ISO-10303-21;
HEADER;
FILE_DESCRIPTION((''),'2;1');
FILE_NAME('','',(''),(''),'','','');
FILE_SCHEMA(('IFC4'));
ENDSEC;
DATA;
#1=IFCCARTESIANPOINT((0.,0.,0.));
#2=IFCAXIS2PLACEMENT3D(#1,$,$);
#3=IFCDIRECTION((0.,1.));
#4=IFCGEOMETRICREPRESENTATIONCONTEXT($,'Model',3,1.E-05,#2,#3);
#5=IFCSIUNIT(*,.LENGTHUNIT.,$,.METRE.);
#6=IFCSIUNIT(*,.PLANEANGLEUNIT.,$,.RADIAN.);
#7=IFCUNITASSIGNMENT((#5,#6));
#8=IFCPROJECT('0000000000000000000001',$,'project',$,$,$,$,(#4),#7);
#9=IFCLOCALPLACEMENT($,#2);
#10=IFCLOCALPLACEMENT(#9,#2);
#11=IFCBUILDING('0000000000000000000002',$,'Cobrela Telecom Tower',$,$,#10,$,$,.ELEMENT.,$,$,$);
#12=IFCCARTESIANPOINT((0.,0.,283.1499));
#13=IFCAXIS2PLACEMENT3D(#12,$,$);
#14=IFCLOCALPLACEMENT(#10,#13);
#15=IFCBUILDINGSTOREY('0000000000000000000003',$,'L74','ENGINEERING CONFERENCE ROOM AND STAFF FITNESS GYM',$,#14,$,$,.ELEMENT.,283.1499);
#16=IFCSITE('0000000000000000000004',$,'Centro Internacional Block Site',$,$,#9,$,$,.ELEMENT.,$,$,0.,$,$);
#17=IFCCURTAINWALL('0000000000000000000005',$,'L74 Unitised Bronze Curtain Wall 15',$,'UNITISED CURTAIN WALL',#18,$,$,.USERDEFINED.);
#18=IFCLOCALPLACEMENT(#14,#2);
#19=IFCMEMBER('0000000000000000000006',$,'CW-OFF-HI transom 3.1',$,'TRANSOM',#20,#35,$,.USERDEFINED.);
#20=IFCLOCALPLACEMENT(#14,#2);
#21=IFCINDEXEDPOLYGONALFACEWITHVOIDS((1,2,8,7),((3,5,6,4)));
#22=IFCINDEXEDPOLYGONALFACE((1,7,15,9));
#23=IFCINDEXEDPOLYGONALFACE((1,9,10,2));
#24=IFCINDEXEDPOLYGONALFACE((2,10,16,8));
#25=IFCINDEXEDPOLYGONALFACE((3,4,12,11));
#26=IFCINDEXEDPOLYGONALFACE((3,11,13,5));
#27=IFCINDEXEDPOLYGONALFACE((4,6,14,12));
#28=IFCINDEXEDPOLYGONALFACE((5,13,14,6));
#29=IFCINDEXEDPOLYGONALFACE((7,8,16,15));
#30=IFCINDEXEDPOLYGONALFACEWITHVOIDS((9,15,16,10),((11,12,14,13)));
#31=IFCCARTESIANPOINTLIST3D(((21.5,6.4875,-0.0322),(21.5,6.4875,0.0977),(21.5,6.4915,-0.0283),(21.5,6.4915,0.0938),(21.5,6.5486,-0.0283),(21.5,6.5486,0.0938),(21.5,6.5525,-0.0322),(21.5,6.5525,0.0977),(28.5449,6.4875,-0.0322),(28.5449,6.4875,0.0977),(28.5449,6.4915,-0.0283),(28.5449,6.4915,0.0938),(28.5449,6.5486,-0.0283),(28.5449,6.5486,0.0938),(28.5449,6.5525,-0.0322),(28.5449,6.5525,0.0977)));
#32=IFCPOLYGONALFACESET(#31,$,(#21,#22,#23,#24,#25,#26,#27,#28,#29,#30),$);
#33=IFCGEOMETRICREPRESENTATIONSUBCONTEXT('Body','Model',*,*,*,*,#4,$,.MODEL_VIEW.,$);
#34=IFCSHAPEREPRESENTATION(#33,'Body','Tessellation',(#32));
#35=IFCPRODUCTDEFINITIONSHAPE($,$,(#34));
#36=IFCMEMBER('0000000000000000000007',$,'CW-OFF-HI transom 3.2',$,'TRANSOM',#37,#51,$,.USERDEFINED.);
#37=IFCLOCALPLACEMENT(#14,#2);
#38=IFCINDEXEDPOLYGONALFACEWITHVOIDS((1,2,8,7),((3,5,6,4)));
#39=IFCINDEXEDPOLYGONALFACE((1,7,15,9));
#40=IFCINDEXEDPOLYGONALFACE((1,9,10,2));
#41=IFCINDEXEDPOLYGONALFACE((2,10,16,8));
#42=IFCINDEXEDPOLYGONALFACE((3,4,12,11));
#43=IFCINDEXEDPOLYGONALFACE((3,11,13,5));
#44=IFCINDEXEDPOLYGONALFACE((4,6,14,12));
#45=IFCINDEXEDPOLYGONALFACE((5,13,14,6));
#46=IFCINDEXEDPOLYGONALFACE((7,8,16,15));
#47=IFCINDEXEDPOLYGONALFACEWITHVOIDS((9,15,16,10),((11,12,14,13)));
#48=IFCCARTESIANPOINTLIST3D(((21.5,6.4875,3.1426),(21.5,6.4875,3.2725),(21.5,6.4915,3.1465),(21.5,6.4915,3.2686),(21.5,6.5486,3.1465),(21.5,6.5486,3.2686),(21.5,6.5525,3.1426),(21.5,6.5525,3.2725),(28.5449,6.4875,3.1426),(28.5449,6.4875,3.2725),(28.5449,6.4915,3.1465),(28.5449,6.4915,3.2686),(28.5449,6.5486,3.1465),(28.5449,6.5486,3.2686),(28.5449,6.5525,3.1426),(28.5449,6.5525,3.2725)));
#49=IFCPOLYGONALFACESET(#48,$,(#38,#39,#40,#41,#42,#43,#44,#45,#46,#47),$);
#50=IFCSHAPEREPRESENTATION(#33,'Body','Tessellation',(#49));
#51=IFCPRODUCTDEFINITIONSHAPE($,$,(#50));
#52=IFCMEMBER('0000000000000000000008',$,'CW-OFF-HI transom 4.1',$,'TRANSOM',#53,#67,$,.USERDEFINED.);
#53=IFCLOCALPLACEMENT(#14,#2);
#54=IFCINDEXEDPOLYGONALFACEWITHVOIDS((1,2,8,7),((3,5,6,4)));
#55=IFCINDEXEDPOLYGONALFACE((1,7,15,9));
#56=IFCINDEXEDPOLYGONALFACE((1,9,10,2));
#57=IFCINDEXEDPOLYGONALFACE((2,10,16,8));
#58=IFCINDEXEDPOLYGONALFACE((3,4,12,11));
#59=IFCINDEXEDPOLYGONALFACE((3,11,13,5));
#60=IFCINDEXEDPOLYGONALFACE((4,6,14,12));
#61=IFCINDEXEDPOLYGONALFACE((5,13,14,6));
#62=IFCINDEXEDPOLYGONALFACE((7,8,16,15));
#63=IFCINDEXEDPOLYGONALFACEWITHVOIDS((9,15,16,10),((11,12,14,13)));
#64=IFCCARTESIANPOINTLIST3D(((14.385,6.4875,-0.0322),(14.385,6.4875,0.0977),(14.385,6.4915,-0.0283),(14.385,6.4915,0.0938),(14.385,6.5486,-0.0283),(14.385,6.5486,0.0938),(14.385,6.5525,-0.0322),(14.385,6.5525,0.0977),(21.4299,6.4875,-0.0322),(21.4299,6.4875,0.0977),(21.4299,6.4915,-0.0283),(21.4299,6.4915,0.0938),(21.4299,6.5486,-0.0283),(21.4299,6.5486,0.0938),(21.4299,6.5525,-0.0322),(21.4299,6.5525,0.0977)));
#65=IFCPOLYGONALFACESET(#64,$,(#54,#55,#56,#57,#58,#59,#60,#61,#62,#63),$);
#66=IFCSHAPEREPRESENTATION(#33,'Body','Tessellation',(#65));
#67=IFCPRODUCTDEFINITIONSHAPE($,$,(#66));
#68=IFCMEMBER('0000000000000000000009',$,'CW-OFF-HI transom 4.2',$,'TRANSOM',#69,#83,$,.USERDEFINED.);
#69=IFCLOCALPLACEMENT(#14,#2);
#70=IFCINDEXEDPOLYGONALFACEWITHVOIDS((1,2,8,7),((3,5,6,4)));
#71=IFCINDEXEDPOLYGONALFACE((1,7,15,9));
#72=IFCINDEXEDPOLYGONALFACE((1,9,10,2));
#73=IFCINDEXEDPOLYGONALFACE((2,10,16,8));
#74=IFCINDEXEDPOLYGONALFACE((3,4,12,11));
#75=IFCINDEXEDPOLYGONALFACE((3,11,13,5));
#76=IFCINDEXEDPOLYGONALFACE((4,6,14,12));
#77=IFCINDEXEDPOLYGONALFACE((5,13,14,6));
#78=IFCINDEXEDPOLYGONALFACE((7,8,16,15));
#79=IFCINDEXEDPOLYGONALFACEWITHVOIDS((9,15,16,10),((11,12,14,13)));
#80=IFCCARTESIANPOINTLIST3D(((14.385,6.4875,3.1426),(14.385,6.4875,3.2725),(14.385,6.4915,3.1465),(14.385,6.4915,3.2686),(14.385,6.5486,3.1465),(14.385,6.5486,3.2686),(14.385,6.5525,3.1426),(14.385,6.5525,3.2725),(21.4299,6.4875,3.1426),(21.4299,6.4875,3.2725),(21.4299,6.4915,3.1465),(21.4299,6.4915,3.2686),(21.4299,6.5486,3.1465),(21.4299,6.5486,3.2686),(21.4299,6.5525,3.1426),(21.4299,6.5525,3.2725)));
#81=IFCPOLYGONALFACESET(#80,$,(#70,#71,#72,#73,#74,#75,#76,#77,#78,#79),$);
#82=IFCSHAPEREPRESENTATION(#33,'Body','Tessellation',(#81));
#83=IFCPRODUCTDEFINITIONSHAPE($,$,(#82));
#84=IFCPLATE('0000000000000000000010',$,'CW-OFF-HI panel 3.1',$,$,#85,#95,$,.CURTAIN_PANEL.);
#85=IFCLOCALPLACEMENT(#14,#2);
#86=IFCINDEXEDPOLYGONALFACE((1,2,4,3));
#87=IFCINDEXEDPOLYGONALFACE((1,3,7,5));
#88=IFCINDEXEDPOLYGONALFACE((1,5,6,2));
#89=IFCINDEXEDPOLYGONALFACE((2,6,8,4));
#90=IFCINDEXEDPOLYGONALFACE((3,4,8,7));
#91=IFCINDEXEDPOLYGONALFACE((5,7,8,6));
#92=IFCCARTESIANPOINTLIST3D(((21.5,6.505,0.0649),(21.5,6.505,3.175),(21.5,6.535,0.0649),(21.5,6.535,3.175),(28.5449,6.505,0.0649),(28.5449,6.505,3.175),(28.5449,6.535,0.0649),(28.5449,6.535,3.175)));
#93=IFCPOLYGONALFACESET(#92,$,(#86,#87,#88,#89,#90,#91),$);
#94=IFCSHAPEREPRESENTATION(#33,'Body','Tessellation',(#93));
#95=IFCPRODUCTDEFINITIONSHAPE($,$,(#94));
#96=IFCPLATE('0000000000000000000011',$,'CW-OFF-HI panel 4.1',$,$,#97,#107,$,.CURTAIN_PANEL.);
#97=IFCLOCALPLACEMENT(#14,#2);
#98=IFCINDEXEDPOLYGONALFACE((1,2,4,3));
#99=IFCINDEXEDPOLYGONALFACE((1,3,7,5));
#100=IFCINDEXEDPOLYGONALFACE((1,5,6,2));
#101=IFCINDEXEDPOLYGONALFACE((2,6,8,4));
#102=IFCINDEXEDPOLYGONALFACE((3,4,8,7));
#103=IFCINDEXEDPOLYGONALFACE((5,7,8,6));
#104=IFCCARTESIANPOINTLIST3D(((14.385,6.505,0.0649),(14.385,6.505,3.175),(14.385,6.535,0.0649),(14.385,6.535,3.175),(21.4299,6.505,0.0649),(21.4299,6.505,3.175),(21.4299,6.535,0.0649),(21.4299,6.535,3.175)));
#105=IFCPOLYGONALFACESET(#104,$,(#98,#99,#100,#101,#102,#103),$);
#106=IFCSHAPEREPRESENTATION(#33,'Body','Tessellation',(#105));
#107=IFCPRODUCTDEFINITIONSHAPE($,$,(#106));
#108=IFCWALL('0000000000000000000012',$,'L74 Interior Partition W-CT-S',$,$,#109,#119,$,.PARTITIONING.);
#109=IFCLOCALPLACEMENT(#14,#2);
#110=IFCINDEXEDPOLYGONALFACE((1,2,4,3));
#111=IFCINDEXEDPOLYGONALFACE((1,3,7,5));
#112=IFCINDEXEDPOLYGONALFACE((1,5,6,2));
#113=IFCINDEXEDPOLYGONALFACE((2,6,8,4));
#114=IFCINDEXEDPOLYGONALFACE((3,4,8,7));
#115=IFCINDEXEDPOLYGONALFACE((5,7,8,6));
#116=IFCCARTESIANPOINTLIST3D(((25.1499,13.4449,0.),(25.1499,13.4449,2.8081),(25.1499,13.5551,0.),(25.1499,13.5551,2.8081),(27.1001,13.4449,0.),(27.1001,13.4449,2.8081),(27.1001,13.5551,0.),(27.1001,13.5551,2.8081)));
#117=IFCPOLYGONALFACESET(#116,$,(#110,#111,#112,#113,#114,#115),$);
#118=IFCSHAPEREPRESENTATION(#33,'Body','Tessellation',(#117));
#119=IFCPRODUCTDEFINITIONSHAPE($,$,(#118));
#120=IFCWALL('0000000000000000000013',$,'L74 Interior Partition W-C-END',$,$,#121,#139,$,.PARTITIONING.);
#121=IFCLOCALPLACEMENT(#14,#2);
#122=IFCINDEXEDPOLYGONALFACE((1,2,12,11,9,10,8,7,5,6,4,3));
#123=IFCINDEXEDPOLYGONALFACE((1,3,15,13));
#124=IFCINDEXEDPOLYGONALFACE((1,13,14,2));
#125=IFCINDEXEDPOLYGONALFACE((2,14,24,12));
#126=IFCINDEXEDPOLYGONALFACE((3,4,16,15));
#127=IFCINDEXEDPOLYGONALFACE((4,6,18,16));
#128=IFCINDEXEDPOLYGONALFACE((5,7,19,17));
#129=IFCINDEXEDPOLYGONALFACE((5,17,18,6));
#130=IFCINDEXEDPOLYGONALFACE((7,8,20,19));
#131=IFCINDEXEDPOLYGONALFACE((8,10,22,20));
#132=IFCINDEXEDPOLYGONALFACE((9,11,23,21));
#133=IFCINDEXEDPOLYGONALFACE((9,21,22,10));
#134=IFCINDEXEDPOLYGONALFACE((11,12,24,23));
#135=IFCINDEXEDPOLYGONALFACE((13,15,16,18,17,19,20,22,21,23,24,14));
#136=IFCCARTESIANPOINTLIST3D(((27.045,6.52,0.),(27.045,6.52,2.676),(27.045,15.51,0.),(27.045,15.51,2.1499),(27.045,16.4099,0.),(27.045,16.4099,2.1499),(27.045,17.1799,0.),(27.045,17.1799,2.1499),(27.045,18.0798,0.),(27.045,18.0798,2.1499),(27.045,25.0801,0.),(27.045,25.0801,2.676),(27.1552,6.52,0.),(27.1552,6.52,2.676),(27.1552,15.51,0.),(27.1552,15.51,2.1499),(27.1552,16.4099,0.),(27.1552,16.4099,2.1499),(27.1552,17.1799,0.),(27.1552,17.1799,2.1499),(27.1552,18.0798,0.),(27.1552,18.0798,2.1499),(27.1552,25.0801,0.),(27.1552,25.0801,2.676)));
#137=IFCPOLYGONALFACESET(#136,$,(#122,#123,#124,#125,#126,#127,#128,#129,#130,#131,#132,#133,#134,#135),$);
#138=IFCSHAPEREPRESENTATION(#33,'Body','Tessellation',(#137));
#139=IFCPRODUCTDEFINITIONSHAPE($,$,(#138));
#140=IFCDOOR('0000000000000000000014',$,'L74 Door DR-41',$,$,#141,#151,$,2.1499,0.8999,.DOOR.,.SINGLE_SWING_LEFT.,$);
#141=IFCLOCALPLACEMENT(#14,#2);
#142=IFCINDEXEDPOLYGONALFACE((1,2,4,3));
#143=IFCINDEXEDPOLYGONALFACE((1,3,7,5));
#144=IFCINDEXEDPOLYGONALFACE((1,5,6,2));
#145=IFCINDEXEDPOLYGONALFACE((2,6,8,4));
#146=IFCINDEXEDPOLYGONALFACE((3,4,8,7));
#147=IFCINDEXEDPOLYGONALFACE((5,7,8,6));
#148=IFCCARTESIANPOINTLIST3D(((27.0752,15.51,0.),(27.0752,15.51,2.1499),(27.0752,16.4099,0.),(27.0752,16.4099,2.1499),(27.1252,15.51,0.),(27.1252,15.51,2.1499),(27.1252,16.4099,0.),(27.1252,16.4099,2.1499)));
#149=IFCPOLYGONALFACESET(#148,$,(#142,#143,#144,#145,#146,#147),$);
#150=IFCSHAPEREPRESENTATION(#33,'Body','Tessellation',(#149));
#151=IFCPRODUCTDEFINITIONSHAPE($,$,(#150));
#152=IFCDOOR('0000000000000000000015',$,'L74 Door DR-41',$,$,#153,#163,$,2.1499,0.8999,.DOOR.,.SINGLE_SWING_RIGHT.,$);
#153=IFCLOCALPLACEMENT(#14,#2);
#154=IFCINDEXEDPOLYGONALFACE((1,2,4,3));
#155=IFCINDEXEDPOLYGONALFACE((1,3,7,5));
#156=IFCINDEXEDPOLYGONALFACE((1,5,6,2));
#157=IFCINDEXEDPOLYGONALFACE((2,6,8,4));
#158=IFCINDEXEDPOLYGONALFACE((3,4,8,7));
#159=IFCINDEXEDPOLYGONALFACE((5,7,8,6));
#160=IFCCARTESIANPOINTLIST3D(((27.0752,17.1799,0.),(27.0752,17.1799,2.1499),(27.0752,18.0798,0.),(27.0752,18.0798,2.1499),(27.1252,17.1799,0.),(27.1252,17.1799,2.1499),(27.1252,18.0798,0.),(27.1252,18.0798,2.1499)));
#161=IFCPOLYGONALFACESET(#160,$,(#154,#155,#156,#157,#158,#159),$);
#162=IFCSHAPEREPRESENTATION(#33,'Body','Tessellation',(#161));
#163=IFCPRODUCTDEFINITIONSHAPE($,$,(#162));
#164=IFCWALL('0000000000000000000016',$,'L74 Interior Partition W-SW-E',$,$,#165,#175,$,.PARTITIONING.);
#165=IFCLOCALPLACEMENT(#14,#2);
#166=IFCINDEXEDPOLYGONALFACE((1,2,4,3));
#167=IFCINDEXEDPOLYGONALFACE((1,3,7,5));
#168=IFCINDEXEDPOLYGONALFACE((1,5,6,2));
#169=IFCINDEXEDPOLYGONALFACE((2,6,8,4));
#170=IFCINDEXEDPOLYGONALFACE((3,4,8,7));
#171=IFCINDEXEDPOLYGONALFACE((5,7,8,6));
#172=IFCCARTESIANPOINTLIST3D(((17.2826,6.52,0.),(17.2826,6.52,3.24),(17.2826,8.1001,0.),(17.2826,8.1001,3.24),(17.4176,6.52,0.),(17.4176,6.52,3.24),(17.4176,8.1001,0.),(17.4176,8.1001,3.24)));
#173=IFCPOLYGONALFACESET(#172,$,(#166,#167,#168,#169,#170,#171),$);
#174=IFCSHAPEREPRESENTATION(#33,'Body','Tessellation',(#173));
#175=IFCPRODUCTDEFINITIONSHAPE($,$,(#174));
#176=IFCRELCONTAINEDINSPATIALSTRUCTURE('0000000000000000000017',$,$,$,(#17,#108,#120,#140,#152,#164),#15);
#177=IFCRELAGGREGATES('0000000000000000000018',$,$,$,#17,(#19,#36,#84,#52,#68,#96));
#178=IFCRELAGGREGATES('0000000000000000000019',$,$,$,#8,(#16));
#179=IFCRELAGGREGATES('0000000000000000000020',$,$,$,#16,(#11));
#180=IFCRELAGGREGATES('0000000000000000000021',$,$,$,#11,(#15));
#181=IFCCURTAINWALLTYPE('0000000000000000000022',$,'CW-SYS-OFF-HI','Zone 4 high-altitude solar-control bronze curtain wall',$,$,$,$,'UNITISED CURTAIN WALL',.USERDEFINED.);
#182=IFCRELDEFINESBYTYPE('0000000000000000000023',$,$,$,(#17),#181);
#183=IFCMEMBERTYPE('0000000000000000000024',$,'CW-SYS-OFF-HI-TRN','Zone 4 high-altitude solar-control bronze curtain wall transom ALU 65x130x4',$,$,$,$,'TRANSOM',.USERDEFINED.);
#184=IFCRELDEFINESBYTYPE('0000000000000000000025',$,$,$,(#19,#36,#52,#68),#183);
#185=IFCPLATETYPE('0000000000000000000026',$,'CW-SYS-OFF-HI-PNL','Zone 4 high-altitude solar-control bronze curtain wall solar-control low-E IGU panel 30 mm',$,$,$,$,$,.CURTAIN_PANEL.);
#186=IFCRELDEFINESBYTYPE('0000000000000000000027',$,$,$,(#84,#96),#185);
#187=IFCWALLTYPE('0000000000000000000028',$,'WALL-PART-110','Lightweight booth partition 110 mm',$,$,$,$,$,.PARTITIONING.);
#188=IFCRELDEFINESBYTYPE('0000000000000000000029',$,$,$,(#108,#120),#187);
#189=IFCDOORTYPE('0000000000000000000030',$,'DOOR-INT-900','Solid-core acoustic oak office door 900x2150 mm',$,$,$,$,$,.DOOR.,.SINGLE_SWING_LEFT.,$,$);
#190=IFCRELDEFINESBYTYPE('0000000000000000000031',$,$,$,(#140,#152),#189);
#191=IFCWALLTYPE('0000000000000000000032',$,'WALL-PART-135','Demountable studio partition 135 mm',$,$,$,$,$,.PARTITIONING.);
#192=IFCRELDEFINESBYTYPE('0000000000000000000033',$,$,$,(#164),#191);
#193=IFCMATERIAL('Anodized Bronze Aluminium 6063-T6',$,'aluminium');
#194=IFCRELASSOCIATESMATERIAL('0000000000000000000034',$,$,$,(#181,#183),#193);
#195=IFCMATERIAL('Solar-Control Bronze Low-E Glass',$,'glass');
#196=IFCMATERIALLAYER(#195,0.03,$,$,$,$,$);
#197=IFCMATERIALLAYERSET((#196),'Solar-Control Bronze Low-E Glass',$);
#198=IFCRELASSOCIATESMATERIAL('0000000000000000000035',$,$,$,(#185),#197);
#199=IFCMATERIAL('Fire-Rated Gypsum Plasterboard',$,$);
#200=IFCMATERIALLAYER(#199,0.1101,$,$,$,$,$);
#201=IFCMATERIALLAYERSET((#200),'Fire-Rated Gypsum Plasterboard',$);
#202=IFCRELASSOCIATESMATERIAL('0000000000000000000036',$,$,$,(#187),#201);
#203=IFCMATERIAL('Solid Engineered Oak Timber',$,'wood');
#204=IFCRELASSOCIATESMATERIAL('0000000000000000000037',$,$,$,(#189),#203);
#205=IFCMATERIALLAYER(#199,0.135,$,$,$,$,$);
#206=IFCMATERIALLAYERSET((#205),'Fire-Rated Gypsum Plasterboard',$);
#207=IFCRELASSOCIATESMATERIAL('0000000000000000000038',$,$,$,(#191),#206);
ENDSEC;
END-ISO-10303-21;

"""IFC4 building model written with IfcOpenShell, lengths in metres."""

from ifc_helpers import new_model, si_unit, direction, frame, frame_2d, origin, origin_2d, place, context, subcontext, project, spatial, rectangle, hollow_rectangle, extrude, material, layer, layer_set, material_profile, profile_set, type_object, element, fill, aggregate, save


model = new_model("IFC4")

# Units and contexts
model_context = context("Model", 3, precision=1e-05, world=origin(), true_north=direction((0.0, 1.0)))
body_context = subcontext(model_context, "Body", "Model", "MODEL_VIEW")
ifc_project = project(units=[si_unit("LENGTHUNIT", "METRE"), si_unit("PLANEANGLEUNIT", "RADIAN")], contexts=[model_context])

# Site, building, storey
site_placement = place(None, origin())
site = spatial("IfcSite", under=ifc_project, at=site_placement, Name="Centro Internacional Block Site", CompositionType="ELEMENT", RefElevation=0.0)
building_placement = place(site_placement, origin())
building = spatial("IfcBuilding", under=site, at=building_placement, Name="Cobrela Telecom Tower", CompositionType="ELEMENT")
storey_placement = place(building_placement, frame((0.0, 0.0, 283.1499)))
storey = spatial("IfcBuildingStorey", under=building, at=storey_placement, Name="L74", Description="ENGINEERING CONFERENCE ROOM AND STAFF FITNESS GYM", CompositionType="ELEMENT", Elevation=283.1499)

# Curtain wall, members, plates
ifc_material_1 = material(Name="Anodized Bronze Aluminium 6063-T6", Category="aluminium")
curtain_wall_type = type_object("IfcCurtainWallType", Name="CW-SYS-OFF-HI", Description="Zone 4 high-altitude solar-control bronze curtain wall", ElementType="UNITISED CURTAIN WALL", PredefinedType="USERDEFINED", material=ifc_material_1)
curtain_wall_placement = place(storey_placement, origin())
curtain_wall = element("IfcCurtainWall", 1, at=curtain_wall_placement, inside=storey, type_object=curtain_wall_type, Name="L74 Unitised Bronze Curtain Wall 15", ObjectType="UNITISED CURTAIN WALL", PredefinedType="USERDEFINED")
ifc_material_profile_1 = material_profile(ifc_material_1, hollow_rectangle(XDim=0.0649, YDim=0.1299, WallThickness=0.0039, at=origin_2d()), Name="ALU 65x130x4")
ifc_profile_set_1 = profile_set([ifc_material_profile_1], Name="Anodized Bronze Aluminium 6063-T6")
member_type_1 = type_object("IfcMemberType", Name="CW-SYS-OFF-HI-TRN", Description="Zone 4 high-altitude solar-control bronze curtain wall transom ALU 65x130x4", ElementType="TRANSOM", PredefinedType="USERDEFINED", material=ifc_profile_set_1)
member_1_placement = place(storey_placement, frame((28.5449, 6.52, 0.0327), z_axis=(-1.0, 0.0, 0.0), x_axis=(0.0, -1.0, 0.0)))
member_1 = element("IfcMember", 2, at=member_1_placement, type_object=member_type_1, Name="CW-OFF-HI transom 3.1", ObjectType="TRANSOM", PredefinedType="USERDEFINED", context=body_context, shape_type="SweptSolid", body=[
    extrude(hollow_rectangle(XDim=0.0649, YDim=0.1299, WallThickness=0.0039, at=origin_2d()), origin(), (0.0, 0.0, 1.0), 7.0449),
])
member_2_placement = place(storey_placement, frame((28.5449, 6.52, 3.2075), z_axis=(-1.0, 0.0, 0.0), x_axis=(0.0, -1.0, 0.0)))
member_2 = element("IfcMember", 3, at=member_2_placement, type_object=member_type_1, Name="CW-OFF-HI transom 3.2", ObjectType="TRANSOM", PredefinedType="USERDEFINED", context=body_context, shape_type="SweptSolid", body=[
    extrude(hollow_rectangle(XDim=0.0649, YDim=0.1299, WallThickness=0.0039, at=origin_2d()), origin(), (0.0, 0.0, 1.0), 7.0449),
])
member_3_placement = place(storey_placement, frame((21.4299, 6.52, 0.0327), z_axis=(-1.0, 0.0, 0.0), x_axis=(0.0, -1.0, 0.0)))
member_3 = element("IfcMember", 4, at=member_3_placement, type_object=member_type_1, Name="CW-OFF-HI transom 4.1", ObjectType="TRANSOM", PredefinedType="USERDEFINED", context=body_context, shape_type="SweptSolid", body=[
    extrude(hollow_rectangle(XDim=0.0649, YDim=0.1299, WallThickness=0.0039, at=origin_2d()), origin(), (0.0, 0.0, 1.0), 7.0449),
])
member_4_placement = place(storey_placement, frame((21.4299, 6.52, 3.2075), z_axis=(-1.0, 0.0, 0.0), x_axis=(0.0, -1.0, 0.0)))
member_4 = element("IfcMember", 5, at=member_4_placement, type_object=member_type_1, Name="CW-OFF-HI transom 4.2", ObjectType="TRANSOM", PredefinedType="USERDEFINED", context=body_context, shape_type="SweptSolid", body=[
    extrude(hollow_rectangle(XDim=0.0649, YDim=0.1299, WallThickness=0.0039, at=origin_2d()), origin(), (0.0, 0.0, 1.0), 7.0449),
])
ifc_material_2 = material(Name="Solar-Control Bronze Low-E Glass", Category="glass")
ifc_layer_1 = layer(ifc_material_2, 0.03)
ifc_layer_set_1 = layer_set([ifc_layer_1], Name="Solar-Control Bronze Low-E Glass")
plate_type = type_object("IfcPlateType", Name="CW-SYS-OFF-HI-PNL", Description="Zone 4 high-altitude solar-control bronze curtain wall solar-control low-E IGU panel 30 mm", PredefinedType="CURTAIN_PANEL", material=ifc_layer_set_1)
plate_1_placement = place(storey_placement, frame((25.0225, 6.52, 0.0649), z_axis=(0.0, 0.0, 1.0), x_axis=(-1.0, 0.0, 0.0)))
plate_1 = element("IfcPlate", 6, at=plate_1_placement, type_object=plate_type, Name="CW-OFF-HI panel 3.1", PredefinedType="CURTAIN_PANEL", context=body_context, shape_type="SweptSolid", body=[
    extrude(rectangle(XDim=7.0449, YDim=0.03, at=origin_2d()), origin(), (0.0, 0.0, 1.0), 3.1101),
])
plate_2_placement = place(storey_placement, frame((17.9075, 6.52, 0.0649), z_axis=(0.0, 0.0, 1.0), x_axis=(-1.0, 0.0, 0.0)))
plate_2 = element("IfcPlate", 7, at=plate_2_placement, type_object=plate_type, Name="CW-OFF-HI panel 4.1", PredefinedType="CURTAIN_PANEL", context=body_context, shape_type="SweptSolid", body=[
    extrude(rectangle(XDim=7.0449, YDim=0.03, at=origin_2d()), origin(), (0.0, 0.0, 1.0), 3.1101),
])
aggregate(curtain_wall, [member_1, member_2, plate_1, member_3, member_4, plate_2])

# Wall
ifc_material_3 = material(Name="Fire-Rated Gypsum Plasterboard")
ifc_layer_2 = layer(ifc_material_3, 0.1101)
ifc_layer_set_2 = layer_set([ifc_layer_2], Name="Fire-Rated Gypsum Plasterboard")
wall_type_1 = type_object("IfcWallType", Name="WALL-PART-110", Description="Lightweight booth partition 110 mm", PredefinedType="PARTITIONING", material=ifc_layer_set_2)
wall_1_placement = place(storey_placement, frame((25.1499, 13.5, 0.0), z_axis=(0.0, 0.0, 1.0), x_axis=(1.0, 0.0, 0.0)))
element("IfcWall", 8, at=wall_1_placement, inside=storey, type_object=wall_type_1, Name="L74 Interior Partition W-CT-S", PredefinedType="PARTITIONING", context=body_context, shape_type="SweptSolid", body=[
    extrude(rectangle(XDim=1.9502, YDim=0.1101, at=frame_2d((0.9751, 0.0))), origin(), (0.0, 0.0, 1.0), 2.8081),
])

# Wall, openings, doors
wall_2_placement = place(storey_placement, frame((27.1001, 6.52, 0.0), z_axis=(0.0, 0.0, 1.0), x_axis=(0.0, 1.0, 0.0)))
wall_2 = element("IfcWall", 9, at=wall_2_placement, inside=storey, type_object=wall_type_1, Name="L74 Interior Partition W-C-END", PredefinedType="PARTITIONING", context=body_context, shape_type="SweptSolid", body=[
    extrude(rectangle(XDim=18.5601, YDim=0.1101, at=frame_2d((9.28, 0.0))), origin(), (0.0, 0.0, 1.0), 2.676),
])
opening_1_placement = place(wall_2_placement, frame((8.99, 0.0, 0.0)))
opening_1 = element("IfcOpeningElement", 10, at=opening_1_placement, cuts=wall_2, PredefinedType="OPENING", context=body_context, shape_type="SweptSolid", body=[
    extrude(rectangle(XDim=0.8999, YDim=2.1499, at=frame_2d((0.45, 1.075))), frame((0.0, 0.0669, 0.0), z_axis=(0.0, -1.0, 0.0), x_axis=(1.0, 0.0, 0.0)), (0.0, 0.0, 1.0), 0.134),
])
opening_2_placement = place(wall_2_placement, frame((10.6599, 0.0, 0.0)))
opening_2 = element("IfcOpeningElement", 11, at=opening_2_placement, cuts=wall_2, PredefinedType="OPENING", context=body_context, shape_type="SweptSolid", body=[
    extrude(rectangle(XDim=0.8999, YDim=2.1499, at=frame_2d((0.45, 1.075))), frame((0.0, 0.0669, 0.0), z_axis=(0.0, -1.0, 0.0), x_axis=(1.0, 0.0, 0.0)), (0.0, 0.0, 1.0), 0.134),
])
ifc_material_4 = material(Name="Solid Engineered Oak Timber", Category="wood")
door_type = type_object("IfcDoorType", Name="DOOR-INT-900", Description="Solid-core acoustic oak office door 900x2150 mm", OperationType="SINGLE_SWING_LEFT", PredefinedType="DOOR", material=ifc_material_4)
door_1_placement = place(opening_1_placement, origin())
door_1 = element("IfcDoor", 12, at=door_1_placement, inside=storey, type_object=door_type, Name="L74 Door DR-41", OperationType="SINGLE_SWING_LEFT", OverallHeight=2.1499, OverallWidth=0.8999, PredefinedType="DOOR", context=body_context, shape_type="SweptSolid", body=[
    extrude(rectangle(XDim=0.8999, YDim=2.1499, at=frame_2d((0.45, 1.075))), frame((0.0, 0.0249, 0.0), z_axis=(0.0, -1.0, 0.0), x_axis=(1.0, 0.0, 0.0)), (0.0, 0.0, 1.0), 0.05),
])
fill(opening_1, door_1)
door_2_placement = place(opening_2_placement, origin())
door_2 = element("IfcDoor", 13, at=door_2_placement, inside=storey, type_object=door_type, Name="L74 Door DR-41", OperationType="SINGLE_SWING_RIGHT", OverallHeight=2.1499, OverallWidth=0.8999, PredefinedType="DOOR", context=body_context, shape_type="SweptSolid", body=[
    extrude(rectangle(XDim=0.8999, YDim=2.1499, at=frame_2d((0.45, 1.075))), frame((0.0, 0.0249, 0.0), z_axis=(0.0, -1.0, 0.0), x_axis=(1.0, 0.0, 0.0)), (0.0, 0.0, 1.0), 0.05),
])
fill(opening_2, door_2)

# Wall
ifc_layer_3 = layer(ifc_material_3, 0.135)
ifc_layer_set_3 = layer_set([ifc_layer_3], Name="Fire-Rated Gypsum Plasterboard")
wall_type_2 = type_object("IfcWallType", Name="WALL-PART-135", Description="Demountable studio partition 135 mm", PredefinedType="PARTITIONING", material=ifc_layer_set_3)
wall_3_placement = place(storey_placement, frame((17.3501, 6.52, 0.0), z_axis=(0.0, 0.0, 1.0), x_axis=(0.0, 1.0, 0.0)))
element("IfcWall", 14, at=wall_3_placement, inside=storey, type_object=wall_type_2, Name="L74 Interior Partition W-SW-E", PredefinedType="PARTITIONING", context=body_context, shape_type="SweptSolid", body=[
    extrude(rectangle(XDim=1.5801, YDim=0.135, at=frame_2d((0.79, 0.0))), origin(), (0.0, 0.0, 1.0), 3.24),
])

save(model, "model.ifc")
